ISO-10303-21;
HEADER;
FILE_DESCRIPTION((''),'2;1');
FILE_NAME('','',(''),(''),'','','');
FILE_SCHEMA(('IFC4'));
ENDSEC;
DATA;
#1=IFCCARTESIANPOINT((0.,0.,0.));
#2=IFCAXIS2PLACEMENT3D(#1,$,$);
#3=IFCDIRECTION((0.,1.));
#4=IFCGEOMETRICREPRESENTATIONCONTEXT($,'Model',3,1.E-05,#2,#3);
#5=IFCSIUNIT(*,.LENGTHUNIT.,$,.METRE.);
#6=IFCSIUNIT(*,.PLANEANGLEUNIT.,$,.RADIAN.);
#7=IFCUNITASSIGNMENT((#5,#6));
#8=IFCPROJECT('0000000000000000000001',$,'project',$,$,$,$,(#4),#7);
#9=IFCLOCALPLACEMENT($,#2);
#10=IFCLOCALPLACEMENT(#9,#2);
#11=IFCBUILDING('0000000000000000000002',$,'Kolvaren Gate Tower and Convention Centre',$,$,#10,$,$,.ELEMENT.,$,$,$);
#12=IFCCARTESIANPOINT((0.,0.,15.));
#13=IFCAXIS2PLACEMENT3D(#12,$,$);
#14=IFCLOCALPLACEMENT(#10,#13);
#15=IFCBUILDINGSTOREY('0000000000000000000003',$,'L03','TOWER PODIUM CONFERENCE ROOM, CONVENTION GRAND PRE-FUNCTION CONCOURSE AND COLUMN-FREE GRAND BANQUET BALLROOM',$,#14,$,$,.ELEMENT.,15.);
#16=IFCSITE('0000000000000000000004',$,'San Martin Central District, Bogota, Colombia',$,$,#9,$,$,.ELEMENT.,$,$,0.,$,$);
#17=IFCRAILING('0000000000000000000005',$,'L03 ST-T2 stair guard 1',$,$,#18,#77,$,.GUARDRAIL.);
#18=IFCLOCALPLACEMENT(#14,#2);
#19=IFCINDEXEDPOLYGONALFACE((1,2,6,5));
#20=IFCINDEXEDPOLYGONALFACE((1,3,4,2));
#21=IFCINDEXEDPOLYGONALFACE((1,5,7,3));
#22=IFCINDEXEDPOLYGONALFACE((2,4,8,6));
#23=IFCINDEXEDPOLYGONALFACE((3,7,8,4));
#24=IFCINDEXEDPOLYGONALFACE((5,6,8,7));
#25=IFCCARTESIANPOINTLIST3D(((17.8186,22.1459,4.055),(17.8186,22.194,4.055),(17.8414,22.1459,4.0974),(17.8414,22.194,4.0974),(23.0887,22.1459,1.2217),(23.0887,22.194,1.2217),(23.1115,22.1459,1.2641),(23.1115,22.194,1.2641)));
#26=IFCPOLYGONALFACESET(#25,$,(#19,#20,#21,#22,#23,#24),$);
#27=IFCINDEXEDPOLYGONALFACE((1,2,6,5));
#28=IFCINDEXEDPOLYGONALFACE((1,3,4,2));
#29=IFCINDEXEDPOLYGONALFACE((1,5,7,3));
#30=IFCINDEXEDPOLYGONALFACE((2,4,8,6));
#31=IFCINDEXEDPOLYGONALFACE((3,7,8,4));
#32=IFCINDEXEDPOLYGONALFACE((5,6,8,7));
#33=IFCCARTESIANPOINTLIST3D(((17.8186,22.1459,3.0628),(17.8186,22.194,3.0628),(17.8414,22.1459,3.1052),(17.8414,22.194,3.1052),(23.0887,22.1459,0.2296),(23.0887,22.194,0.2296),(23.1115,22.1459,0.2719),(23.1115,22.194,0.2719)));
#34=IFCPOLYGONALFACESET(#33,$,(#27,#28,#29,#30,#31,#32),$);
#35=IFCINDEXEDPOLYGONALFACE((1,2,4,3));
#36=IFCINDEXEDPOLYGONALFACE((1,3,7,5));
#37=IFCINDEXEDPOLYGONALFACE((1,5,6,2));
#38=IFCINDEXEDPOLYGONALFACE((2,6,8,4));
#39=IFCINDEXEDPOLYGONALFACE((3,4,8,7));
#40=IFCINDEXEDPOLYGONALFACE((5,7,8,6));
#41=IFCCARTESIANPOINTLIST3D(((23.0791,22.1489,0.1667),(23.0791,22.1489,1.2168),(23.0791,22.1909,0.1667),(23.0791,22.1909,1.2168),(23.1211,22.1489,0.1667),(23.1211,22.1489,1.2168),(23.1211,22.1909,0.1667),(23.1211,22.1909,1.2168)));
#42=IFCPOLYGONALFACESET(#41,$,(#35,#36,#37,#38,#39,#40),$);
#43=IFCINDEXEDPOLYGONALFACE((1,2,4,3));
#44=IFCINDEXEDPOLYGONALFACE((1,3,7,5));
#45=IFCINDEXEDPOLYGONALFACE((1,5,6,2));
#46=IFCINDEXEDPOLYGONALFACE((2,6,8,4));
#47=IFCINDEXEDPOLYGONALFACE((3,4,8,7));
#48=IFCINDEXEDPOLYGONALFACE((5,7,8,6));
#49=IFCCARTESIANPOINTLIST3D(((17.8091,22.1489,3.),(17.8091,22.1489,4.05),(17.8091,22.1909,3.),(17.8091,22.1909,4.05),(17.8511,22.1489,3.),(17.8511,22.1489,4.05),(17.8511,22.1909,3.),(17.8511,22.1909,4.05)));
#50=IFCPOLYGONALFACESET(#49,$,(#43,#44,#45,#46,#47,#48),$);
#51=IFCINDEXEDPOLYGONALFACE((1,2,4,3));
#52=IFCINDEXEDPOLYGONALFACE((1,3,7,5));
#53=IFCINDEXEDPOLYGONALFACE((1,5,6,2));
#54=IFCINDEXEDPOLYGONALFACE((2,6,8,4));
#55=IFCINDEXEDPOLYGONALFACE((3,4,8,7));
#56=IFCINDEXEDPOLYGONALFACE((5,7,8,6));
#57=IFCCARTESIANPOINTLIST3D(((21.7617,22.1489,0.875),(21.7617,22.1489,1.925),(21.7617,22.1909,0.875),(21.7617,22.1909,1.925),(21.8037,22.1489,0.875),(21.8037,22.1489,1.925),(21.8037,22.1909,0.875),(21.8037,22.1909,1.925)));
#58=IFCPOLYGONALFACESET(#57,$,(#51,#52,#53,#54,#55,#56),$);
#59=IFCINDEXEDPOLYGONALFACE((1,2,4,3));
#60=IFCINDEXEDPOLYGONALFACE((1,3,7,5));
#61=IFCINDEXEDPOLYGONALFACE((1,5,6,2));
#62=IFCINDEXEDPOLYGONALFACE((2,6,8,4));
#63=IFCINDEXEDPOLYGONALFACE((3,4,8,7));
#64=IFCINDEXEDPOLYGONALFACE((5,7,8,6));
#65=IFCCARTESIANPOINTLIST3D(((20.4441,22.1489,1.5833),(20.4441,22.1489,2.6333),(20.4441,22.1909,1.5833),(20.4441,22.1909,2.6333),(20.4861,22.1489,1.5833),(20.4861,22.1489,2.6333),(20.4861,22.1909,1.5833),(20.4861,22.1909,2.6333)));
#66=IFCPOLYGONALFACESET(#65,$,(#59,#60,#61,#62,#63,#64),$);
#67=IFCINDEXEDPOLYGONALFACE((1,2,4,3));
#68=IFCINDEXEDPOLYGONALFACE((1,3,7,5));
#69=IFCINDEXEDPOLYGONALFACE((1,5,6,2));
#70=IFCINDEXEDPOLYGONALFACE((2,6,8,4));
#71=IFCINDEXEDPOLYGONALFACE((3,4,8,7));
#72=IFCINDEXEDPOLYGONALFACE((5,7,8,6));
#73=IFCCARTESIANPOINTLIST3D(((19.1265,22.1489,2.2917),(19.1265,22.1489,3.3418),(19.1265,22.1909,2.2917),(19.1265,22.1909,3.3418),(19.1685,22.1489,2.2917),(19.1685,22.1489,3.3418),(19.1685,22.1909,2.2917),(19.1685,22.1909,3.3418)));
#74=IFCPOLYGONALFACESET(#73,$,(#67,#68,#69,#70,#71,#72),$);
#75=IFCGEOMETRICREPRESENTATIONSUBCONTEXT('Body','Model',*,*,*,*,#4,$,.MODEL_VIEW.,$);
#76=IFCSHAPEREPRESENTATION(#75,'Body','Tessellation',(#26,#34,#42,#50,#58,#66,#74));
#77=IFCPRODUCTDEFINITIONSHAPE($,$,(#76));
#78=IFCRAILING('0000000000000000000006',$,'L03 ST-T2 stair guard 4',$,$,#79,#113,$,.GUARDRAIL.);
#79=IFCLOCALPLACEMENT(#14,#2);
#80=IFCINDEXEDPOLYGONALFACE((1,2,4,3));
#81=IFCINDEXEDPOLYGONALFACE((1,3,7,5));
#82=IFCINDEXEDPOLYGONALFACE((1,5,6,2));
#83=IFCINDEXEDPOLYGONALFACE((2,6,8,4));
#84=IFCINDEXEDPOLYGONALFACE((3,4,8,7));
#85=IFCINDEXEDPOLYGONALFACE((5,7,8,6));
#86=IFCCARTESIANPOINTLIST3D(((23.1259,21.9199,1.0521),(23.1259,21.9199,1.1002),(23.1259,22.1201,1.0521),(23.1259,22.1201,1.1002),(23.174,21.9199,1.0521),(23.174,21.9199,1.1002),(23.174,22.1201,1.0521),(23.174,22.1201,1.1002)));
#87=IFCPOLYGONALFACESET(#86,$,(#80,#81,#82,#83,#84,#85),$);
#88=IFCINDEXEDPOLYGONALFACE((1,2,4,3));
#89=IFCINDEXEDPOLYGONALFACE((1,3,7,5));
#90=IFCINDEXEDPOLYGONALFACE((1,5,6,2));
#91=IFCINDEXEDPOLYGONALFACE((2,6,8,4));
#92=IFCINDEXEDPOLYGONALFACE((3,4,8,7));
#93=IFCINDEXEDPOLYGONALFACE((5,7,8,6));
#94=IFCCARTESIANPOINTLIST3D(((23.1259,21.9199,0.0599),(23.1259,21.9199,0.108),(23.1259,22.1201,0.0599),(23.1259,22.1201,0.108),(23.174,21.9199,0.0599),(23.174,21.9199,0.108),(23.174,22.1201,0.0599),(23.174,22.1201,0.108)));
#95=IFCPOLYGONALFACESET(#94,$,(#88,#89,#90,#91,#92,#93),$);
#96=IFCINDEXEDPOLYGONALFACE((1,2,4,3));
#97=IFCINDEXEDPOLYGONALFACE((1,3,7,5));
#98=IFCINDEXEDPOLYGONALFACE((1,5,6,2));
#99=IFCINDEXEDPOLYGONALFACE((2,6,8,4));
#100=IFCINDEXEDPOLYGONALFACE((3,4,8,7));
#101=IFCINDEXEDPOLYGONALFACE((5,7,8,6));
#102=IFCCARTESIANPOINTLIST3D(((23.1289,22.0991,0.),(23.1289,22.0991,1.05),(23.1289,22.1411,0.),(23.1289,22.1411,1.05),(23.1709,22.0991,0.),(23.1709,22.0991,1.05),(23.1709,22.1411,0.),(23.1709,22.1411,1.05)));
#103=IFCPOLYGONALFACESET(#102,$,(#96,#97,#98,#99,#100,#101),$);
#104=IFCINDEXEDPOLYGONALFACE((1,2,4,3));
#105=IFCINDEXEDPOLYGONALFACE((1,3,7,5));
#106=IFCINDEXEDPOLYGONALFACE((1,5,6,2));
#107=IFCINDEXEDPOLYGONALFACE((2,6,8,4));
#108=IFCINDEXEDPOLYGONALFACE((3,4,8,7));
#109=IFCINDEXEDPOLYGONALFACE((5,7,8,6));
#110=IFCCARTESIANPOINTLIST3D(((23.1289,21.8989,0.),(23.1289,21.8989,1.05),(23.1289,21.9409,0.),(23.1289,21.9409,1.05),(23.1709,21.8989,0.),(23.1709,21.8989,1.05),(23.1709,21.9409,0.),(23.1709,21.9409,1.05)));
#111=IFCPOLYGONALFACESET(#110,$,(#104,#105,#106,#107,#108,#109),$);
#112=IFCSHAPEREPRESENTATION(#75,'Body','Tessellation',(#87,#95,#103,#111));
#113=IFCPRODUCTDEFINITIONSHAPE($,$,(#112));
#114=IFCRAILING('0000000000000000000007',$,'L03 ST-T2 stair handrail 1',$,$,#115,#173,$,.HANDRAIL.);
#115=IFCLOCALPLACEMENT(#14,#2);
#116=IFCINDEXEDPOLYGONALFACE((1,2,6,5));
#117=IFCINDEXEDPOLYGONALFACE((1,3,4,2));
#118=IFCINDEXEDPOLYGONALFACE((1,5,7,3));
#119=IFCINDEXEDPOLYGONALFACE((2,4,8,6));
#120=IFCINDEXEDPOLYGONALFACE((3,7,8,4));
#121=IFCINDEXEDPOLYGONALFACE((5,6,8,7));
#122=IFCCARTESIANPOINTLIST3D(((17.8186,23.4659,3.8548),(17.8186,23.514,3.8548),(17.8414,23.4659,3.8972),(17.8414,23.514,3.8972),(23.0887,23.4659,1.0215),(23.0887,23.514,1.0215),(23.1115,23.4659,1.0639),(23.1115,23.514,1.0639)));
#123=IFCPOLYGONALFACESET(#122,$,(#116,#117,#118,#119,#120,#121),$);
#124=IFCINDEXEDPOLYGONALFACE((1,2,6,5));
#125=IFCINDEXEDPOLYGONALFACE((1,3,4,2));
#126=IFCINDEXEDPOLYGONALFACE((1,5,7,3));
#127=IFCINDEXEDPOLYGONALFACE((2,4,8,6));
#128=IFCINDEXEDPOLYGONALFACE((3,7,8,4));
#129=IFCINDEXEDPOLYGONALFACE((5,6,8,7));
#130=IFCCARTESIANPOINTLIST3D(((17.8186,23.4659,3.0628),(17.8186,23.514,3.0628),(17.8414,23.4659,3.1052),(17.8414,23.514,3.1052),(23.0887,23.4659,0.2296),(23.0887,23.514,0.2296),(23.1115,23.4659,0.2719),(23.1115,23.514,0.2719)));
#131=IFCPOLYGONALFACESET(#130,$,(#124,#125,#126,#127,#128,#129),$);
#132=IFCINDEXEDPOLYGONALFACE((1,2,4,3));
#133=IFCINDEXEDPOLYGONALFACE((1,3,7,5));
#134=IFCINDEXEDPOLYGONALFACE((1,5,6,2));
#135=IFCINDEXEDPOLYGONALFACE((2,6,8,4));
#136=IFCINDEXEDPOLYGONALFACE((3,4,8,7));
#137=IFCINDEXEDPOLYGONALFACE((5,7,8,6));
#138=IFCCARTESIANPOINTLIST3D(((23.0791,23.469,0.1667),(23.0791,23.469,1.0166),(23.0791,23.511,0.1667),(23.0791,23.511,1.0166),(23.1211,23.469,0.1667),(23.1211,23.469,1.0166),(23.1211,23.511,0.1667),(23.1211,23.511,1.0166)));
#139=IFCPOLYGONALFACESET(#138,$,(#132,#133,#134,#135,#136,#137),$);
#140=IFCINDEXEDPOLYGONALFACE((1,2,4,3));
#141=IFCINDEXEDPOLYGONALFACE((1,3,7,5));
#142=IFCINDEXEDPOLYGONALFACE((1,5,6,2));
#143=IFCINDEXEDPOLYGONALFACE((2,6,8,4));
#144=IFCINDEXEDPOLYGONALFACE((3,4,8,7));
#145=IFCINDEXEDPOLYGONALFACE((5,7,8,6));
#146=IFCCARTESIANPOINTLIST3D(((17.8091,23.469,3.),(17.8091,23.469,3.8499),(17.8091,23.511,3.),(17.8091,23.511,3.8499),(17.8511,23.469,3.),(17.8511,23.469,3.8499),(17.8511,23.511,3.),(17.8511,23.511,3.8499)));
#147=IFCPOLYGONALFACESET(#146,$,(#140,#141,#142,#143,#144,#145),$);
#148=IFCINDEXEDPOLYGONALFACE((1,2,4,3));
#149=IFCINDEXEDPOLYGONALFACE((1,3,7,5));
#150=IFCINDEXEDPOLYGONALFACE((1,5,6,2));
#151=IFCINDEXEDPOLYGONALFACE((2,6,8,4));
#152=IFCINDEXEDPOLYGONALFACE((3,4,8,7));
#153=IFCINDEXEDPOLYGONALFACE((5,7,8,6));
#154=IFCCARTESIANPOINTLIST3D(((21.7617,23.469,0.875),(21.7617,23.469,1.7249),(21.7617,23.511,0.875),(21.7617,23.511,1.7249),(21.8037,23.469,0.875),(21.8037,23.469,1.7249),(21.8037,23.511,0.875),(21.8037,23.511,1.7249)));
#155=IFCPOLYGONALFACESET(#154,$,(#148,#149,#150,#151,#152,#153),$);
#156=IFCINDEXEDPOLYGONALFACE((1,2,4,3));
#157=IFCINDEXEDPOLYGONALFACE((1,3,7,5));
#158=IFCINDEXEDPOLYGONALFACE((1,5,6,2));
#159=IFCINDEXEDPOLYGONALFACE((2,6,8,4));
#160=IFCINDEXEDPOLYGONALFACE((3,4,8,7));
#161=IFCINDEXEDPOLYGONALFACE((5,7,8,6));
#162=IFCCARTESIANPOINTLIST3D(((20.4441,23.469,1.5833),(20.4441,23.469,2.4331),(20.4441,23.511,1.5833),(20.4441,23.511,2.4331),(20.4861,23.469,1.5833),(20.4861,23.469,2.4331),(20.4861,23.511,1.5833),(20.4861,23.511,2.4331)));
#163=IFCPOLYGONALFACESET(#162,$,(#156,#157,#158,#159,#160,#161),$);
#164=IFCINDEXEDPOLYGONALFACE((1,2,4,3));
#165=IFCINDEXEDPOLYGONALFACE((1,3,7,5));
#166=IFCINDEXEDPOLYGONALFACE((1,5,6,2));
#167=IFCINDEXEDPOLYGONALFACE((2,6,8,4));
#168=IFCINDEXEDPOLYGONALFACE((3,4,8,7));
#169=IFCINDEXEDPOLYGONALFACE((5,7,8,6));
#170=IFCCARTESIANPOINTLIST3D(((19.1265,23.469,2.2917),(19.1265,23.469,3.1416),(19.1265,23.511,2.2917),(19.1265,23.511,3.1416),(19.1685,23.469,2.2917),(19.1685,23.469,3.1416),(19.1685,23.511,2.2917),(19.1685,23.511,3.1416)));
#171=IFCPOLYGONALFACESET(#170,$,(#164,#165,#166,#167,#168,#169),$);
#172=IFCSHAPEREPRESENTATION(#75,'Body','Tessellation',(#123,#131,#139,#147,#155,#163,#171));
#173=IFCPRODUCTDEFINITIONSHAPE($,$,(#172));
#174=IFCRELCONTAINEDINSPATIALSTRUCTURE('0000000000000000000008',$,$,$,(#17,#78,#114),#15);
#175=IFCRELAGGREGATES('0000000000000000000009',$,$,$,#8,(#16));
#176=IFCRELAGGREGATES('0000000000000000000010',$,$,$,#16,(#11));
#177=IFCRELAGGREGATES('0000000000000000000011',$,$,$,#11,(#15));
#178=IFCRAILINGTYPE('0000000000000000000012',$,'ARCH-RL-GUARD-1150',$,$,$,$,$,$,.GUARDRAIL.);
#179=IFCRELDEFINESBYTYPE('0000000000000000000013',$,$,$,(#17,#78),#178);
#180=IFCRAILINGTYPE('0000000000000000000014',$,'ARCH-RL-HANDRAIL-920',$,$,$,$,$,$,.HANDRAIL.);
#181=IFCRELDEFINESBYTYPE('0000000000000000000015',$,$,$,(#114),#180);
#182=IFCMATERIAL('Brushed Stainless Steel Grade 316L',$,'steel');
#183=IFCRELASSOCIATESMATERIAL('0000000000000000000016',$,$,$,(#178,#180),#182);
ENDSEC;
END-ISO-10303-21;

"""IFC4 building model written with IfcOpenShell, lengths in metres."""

from ifc_helpers import new_model, si_unit, direction, frame, origin, origin_2d, place, context, subcontext, project, spatial, rectangle, extrude, material, type_object, element, save


model = new_model("IFC4")

# Units and contexts
model_context = context("Model", 3, precision=1e-05, world=origin(), true_north=direction((0.0, 1.0)))
body_context = subcontext(model_context, "Body", "Model", "MODEL_VIEW")
ifc_project = project(units=[si_unit("LENGTHUNIT", "METRE"), si_unit("PLANEANGLEUNIT", "RADIAN")], contexts=[model_context])

# Site, building, storey
site_placement = place(None, origin())
site = spatial("IfcSite", under=ifc_project, at=site_placement, Name="San Martin Central District, Bogota, Colombia", CompositionType="ELEMENT", RefElevation=0.0)
building_placement = place(site_placement, origin())
building = spatial("IfcBuilding", under=site, at=building_placement, Name="Kolvaren Gate Tower and Convention Centre", CompositionType="ELEMENT")
storey_placement = place(building_placement, frame((0.0, 0.0, 15.0)))
storey = spatial("IfcBuildingStorey", under=building, at=storey_placement, Name="L03", Description="TOWER PODIUM CONFERENCE ROOM, CONVENTION GRAND PRE-FUNCTION CONCOURSE AND COLUMN-FREE GRAND BANQUET BALLROOM", CompositionType="ELEMENT", Elevation=15.0)

# Shared definitions
ifc_material_1 = material(Name="Brushed Stainless Steel Grade 316L", Category="steel")

# Railings
railing_type_1 = type_object("IfcRailingType", Name="ARCH-RL-GUARD-1150", PredefinedType="GUARDRAIL", material=ifc_material_1)
railing_1_placement = place(storey_placement, frame((23.1001, 22.1699, 0.1667)))
element("IfcRailing", 1, at=railing_1_placement, inside=storey, type_object=railing_type_1, Name="L03 ST-T2 stair guard 1", PredefinedType="GUARDRAIL", context=body_context, shape_type="SweptSolid", body=[
    extrude(rectangle(XDim=0.0481, YDim=0.0481, at=origin_2d()), frame((0.0, 0.0, 1.0762), z_axis=(-0.880781, 0.0, 0.473523), x_axis=(0.0, -1.0, 0.0)), (0.0, 0.0, 1.0), 5.9834),
    extrude(rectangle(XDim=0.0481, YDim=0.0481, at=origin_2d()), frame((0.0, 0.0, 0.084), z_axis=(-0.880781, 0.0, 0.473523), x_axis=(0.0, -1.0, 0.0)), (0.0, 0.0, 1.0), 5.9834),
    extrude(rectangle(XDim=0.042, YDim=0.042, at=origin_2d()), origin(), (0.0, 0.0, 1.0), 1.05),
    extrude(rectangle(XDim=0.042, YDim=0.042, at=origin_2d()), frame((-5.27, 0.0, 2.8333)), (0.0, 0.0, 1.0), 1.05),
    extrude(rectangle(XDim=0.042, YDim=0.042, at=origin_2d()), frame((-1.3174, 0.0, 0.7083)), (0.0, 0.0, 1.0), 1.05),
    extrude(rectangle(XDim=0.042, YDim=0.042, at=origin_2d()), frame((-2.635, 0.0, 1.4165)), (0.0, 0.0, 1.0), 1.05),
    extrude(rectangle(XDim=0.042, YDim=0.042, at=origin_2d()), frame((-3.9526, 0.0, 2.125)), (0.0, 0.0, 1.0), 1.05),
])
railing_2_placement = place(storey_placement, frame((23.1499, 22.1201, 0.0)))
element("IfcRailing", 2, at=railing_2_placement, inside=storey, type_object=railing_type_1, Name="L03 ST-T2 stair guard 4", PredefinedType="GUARDRAIL", context=body_context, shape_type="SweptSolid", body=[
    extrude(rectangle(XDim=0.0481, YDim=0.0481, at=origin_2d()), frame((0.0, 0.0, 1.0762), z_axis=(0.0, -1.0, 0.0), x_axis=(1.0, 0.0, 0.0)), (0.0, 0.0, 1.0), 0.2002),
    extrude(rectangle(XDim=0.0481, YDim=0.0481, at=origin_2d()), frame((0.0, 0.0, 0.084), z_axis=(0.0, -1.0, 0.0), x_axis=(1.0, 0.0, 0.0)), (0.0, 0.0, 1.0), 0.2002),
    extrude(rectangle(XDim=0.042, YDim=0.042, at=origin_2d()), origin(), (0.0, 0.0, 1.0), 1.05),
    extrude(rectangle(XDim=0.042, YDim=0.042, at=origin_2d()), frame((0.0, -0.2002, 0.0)), (0.0, 0.0, 1.0), 1.05),
])
railing_type_2 = type_object("IfcRailingType", Name="ARCH-RL-HANDRAIL-920", PredefinedType="HANDRAIL", material=ifc_material_1)
railing_3_placement = place(storey_placement, frame((23.1001, 23.49, 0.1667)))
element("IfcRailing", 3, at=railing_3_placement, inside=storey, type_object=railing_type_2, Name="L03 ST-T2 stair handrail 1", PredefinedType="HANDRAIL", context=body_context, shape_type="SweptSolid", body=[
    extrude(rectangle(XDim=0.0481, YDim=0.0481, at=origin_2d()), frame((0.0, 0.0, 0.876), z_axis=(-0.880781, 0.0, 0.473523), x_axis=(0.0, -1.0, 0.0)), (0.0, 0.0, 1.0), 5.9834),
    extrude(rectangle(XDim=0.0481, YDim=0.0481, at=origin_2d()), frame((0.0, 0.0, 0.084), z_axis=(-0.880781, 0.0, 0.473523), x_axis=(0.0, -1.0, 0.0)), (0.0, 0.0, 1.0), 5.9834),
    extrude(rectangle(XDim=0.042, YDim=0.042, at=origin_2d()), origin(), (0.0, 0.0, 1.0), 0.8499),
    extrude(rectangle(XDim=0.042, YDim=0.042, at=origin_2d()), frame((-5.27, 0.0, 2.8333)), (0.0, 0.0, 1.0), 0.8499),
    extrude(rectangle(XDim=0.042, YDim=0.042, at=origin_2d()), frame((-1.3174, 0.0, 0.7083)), (0.0, 0.0, 1.0), 0.8499),
    extrude(rectangle(XDim=0.042, YDim=0.042, at=origin_2d()), frame((-2.635, 0.0, 1.4165)), (0.0, 0.0, 1.0), 0.8499),
    extrude(rectangle(XDim=0.042, YDim=0.042, at=origin_2d()), frame((-3.9526, 0.0, 2.125)), (0.0, 0.0, 1.0), 0.8499),
])

save(model, "model.ifc")
